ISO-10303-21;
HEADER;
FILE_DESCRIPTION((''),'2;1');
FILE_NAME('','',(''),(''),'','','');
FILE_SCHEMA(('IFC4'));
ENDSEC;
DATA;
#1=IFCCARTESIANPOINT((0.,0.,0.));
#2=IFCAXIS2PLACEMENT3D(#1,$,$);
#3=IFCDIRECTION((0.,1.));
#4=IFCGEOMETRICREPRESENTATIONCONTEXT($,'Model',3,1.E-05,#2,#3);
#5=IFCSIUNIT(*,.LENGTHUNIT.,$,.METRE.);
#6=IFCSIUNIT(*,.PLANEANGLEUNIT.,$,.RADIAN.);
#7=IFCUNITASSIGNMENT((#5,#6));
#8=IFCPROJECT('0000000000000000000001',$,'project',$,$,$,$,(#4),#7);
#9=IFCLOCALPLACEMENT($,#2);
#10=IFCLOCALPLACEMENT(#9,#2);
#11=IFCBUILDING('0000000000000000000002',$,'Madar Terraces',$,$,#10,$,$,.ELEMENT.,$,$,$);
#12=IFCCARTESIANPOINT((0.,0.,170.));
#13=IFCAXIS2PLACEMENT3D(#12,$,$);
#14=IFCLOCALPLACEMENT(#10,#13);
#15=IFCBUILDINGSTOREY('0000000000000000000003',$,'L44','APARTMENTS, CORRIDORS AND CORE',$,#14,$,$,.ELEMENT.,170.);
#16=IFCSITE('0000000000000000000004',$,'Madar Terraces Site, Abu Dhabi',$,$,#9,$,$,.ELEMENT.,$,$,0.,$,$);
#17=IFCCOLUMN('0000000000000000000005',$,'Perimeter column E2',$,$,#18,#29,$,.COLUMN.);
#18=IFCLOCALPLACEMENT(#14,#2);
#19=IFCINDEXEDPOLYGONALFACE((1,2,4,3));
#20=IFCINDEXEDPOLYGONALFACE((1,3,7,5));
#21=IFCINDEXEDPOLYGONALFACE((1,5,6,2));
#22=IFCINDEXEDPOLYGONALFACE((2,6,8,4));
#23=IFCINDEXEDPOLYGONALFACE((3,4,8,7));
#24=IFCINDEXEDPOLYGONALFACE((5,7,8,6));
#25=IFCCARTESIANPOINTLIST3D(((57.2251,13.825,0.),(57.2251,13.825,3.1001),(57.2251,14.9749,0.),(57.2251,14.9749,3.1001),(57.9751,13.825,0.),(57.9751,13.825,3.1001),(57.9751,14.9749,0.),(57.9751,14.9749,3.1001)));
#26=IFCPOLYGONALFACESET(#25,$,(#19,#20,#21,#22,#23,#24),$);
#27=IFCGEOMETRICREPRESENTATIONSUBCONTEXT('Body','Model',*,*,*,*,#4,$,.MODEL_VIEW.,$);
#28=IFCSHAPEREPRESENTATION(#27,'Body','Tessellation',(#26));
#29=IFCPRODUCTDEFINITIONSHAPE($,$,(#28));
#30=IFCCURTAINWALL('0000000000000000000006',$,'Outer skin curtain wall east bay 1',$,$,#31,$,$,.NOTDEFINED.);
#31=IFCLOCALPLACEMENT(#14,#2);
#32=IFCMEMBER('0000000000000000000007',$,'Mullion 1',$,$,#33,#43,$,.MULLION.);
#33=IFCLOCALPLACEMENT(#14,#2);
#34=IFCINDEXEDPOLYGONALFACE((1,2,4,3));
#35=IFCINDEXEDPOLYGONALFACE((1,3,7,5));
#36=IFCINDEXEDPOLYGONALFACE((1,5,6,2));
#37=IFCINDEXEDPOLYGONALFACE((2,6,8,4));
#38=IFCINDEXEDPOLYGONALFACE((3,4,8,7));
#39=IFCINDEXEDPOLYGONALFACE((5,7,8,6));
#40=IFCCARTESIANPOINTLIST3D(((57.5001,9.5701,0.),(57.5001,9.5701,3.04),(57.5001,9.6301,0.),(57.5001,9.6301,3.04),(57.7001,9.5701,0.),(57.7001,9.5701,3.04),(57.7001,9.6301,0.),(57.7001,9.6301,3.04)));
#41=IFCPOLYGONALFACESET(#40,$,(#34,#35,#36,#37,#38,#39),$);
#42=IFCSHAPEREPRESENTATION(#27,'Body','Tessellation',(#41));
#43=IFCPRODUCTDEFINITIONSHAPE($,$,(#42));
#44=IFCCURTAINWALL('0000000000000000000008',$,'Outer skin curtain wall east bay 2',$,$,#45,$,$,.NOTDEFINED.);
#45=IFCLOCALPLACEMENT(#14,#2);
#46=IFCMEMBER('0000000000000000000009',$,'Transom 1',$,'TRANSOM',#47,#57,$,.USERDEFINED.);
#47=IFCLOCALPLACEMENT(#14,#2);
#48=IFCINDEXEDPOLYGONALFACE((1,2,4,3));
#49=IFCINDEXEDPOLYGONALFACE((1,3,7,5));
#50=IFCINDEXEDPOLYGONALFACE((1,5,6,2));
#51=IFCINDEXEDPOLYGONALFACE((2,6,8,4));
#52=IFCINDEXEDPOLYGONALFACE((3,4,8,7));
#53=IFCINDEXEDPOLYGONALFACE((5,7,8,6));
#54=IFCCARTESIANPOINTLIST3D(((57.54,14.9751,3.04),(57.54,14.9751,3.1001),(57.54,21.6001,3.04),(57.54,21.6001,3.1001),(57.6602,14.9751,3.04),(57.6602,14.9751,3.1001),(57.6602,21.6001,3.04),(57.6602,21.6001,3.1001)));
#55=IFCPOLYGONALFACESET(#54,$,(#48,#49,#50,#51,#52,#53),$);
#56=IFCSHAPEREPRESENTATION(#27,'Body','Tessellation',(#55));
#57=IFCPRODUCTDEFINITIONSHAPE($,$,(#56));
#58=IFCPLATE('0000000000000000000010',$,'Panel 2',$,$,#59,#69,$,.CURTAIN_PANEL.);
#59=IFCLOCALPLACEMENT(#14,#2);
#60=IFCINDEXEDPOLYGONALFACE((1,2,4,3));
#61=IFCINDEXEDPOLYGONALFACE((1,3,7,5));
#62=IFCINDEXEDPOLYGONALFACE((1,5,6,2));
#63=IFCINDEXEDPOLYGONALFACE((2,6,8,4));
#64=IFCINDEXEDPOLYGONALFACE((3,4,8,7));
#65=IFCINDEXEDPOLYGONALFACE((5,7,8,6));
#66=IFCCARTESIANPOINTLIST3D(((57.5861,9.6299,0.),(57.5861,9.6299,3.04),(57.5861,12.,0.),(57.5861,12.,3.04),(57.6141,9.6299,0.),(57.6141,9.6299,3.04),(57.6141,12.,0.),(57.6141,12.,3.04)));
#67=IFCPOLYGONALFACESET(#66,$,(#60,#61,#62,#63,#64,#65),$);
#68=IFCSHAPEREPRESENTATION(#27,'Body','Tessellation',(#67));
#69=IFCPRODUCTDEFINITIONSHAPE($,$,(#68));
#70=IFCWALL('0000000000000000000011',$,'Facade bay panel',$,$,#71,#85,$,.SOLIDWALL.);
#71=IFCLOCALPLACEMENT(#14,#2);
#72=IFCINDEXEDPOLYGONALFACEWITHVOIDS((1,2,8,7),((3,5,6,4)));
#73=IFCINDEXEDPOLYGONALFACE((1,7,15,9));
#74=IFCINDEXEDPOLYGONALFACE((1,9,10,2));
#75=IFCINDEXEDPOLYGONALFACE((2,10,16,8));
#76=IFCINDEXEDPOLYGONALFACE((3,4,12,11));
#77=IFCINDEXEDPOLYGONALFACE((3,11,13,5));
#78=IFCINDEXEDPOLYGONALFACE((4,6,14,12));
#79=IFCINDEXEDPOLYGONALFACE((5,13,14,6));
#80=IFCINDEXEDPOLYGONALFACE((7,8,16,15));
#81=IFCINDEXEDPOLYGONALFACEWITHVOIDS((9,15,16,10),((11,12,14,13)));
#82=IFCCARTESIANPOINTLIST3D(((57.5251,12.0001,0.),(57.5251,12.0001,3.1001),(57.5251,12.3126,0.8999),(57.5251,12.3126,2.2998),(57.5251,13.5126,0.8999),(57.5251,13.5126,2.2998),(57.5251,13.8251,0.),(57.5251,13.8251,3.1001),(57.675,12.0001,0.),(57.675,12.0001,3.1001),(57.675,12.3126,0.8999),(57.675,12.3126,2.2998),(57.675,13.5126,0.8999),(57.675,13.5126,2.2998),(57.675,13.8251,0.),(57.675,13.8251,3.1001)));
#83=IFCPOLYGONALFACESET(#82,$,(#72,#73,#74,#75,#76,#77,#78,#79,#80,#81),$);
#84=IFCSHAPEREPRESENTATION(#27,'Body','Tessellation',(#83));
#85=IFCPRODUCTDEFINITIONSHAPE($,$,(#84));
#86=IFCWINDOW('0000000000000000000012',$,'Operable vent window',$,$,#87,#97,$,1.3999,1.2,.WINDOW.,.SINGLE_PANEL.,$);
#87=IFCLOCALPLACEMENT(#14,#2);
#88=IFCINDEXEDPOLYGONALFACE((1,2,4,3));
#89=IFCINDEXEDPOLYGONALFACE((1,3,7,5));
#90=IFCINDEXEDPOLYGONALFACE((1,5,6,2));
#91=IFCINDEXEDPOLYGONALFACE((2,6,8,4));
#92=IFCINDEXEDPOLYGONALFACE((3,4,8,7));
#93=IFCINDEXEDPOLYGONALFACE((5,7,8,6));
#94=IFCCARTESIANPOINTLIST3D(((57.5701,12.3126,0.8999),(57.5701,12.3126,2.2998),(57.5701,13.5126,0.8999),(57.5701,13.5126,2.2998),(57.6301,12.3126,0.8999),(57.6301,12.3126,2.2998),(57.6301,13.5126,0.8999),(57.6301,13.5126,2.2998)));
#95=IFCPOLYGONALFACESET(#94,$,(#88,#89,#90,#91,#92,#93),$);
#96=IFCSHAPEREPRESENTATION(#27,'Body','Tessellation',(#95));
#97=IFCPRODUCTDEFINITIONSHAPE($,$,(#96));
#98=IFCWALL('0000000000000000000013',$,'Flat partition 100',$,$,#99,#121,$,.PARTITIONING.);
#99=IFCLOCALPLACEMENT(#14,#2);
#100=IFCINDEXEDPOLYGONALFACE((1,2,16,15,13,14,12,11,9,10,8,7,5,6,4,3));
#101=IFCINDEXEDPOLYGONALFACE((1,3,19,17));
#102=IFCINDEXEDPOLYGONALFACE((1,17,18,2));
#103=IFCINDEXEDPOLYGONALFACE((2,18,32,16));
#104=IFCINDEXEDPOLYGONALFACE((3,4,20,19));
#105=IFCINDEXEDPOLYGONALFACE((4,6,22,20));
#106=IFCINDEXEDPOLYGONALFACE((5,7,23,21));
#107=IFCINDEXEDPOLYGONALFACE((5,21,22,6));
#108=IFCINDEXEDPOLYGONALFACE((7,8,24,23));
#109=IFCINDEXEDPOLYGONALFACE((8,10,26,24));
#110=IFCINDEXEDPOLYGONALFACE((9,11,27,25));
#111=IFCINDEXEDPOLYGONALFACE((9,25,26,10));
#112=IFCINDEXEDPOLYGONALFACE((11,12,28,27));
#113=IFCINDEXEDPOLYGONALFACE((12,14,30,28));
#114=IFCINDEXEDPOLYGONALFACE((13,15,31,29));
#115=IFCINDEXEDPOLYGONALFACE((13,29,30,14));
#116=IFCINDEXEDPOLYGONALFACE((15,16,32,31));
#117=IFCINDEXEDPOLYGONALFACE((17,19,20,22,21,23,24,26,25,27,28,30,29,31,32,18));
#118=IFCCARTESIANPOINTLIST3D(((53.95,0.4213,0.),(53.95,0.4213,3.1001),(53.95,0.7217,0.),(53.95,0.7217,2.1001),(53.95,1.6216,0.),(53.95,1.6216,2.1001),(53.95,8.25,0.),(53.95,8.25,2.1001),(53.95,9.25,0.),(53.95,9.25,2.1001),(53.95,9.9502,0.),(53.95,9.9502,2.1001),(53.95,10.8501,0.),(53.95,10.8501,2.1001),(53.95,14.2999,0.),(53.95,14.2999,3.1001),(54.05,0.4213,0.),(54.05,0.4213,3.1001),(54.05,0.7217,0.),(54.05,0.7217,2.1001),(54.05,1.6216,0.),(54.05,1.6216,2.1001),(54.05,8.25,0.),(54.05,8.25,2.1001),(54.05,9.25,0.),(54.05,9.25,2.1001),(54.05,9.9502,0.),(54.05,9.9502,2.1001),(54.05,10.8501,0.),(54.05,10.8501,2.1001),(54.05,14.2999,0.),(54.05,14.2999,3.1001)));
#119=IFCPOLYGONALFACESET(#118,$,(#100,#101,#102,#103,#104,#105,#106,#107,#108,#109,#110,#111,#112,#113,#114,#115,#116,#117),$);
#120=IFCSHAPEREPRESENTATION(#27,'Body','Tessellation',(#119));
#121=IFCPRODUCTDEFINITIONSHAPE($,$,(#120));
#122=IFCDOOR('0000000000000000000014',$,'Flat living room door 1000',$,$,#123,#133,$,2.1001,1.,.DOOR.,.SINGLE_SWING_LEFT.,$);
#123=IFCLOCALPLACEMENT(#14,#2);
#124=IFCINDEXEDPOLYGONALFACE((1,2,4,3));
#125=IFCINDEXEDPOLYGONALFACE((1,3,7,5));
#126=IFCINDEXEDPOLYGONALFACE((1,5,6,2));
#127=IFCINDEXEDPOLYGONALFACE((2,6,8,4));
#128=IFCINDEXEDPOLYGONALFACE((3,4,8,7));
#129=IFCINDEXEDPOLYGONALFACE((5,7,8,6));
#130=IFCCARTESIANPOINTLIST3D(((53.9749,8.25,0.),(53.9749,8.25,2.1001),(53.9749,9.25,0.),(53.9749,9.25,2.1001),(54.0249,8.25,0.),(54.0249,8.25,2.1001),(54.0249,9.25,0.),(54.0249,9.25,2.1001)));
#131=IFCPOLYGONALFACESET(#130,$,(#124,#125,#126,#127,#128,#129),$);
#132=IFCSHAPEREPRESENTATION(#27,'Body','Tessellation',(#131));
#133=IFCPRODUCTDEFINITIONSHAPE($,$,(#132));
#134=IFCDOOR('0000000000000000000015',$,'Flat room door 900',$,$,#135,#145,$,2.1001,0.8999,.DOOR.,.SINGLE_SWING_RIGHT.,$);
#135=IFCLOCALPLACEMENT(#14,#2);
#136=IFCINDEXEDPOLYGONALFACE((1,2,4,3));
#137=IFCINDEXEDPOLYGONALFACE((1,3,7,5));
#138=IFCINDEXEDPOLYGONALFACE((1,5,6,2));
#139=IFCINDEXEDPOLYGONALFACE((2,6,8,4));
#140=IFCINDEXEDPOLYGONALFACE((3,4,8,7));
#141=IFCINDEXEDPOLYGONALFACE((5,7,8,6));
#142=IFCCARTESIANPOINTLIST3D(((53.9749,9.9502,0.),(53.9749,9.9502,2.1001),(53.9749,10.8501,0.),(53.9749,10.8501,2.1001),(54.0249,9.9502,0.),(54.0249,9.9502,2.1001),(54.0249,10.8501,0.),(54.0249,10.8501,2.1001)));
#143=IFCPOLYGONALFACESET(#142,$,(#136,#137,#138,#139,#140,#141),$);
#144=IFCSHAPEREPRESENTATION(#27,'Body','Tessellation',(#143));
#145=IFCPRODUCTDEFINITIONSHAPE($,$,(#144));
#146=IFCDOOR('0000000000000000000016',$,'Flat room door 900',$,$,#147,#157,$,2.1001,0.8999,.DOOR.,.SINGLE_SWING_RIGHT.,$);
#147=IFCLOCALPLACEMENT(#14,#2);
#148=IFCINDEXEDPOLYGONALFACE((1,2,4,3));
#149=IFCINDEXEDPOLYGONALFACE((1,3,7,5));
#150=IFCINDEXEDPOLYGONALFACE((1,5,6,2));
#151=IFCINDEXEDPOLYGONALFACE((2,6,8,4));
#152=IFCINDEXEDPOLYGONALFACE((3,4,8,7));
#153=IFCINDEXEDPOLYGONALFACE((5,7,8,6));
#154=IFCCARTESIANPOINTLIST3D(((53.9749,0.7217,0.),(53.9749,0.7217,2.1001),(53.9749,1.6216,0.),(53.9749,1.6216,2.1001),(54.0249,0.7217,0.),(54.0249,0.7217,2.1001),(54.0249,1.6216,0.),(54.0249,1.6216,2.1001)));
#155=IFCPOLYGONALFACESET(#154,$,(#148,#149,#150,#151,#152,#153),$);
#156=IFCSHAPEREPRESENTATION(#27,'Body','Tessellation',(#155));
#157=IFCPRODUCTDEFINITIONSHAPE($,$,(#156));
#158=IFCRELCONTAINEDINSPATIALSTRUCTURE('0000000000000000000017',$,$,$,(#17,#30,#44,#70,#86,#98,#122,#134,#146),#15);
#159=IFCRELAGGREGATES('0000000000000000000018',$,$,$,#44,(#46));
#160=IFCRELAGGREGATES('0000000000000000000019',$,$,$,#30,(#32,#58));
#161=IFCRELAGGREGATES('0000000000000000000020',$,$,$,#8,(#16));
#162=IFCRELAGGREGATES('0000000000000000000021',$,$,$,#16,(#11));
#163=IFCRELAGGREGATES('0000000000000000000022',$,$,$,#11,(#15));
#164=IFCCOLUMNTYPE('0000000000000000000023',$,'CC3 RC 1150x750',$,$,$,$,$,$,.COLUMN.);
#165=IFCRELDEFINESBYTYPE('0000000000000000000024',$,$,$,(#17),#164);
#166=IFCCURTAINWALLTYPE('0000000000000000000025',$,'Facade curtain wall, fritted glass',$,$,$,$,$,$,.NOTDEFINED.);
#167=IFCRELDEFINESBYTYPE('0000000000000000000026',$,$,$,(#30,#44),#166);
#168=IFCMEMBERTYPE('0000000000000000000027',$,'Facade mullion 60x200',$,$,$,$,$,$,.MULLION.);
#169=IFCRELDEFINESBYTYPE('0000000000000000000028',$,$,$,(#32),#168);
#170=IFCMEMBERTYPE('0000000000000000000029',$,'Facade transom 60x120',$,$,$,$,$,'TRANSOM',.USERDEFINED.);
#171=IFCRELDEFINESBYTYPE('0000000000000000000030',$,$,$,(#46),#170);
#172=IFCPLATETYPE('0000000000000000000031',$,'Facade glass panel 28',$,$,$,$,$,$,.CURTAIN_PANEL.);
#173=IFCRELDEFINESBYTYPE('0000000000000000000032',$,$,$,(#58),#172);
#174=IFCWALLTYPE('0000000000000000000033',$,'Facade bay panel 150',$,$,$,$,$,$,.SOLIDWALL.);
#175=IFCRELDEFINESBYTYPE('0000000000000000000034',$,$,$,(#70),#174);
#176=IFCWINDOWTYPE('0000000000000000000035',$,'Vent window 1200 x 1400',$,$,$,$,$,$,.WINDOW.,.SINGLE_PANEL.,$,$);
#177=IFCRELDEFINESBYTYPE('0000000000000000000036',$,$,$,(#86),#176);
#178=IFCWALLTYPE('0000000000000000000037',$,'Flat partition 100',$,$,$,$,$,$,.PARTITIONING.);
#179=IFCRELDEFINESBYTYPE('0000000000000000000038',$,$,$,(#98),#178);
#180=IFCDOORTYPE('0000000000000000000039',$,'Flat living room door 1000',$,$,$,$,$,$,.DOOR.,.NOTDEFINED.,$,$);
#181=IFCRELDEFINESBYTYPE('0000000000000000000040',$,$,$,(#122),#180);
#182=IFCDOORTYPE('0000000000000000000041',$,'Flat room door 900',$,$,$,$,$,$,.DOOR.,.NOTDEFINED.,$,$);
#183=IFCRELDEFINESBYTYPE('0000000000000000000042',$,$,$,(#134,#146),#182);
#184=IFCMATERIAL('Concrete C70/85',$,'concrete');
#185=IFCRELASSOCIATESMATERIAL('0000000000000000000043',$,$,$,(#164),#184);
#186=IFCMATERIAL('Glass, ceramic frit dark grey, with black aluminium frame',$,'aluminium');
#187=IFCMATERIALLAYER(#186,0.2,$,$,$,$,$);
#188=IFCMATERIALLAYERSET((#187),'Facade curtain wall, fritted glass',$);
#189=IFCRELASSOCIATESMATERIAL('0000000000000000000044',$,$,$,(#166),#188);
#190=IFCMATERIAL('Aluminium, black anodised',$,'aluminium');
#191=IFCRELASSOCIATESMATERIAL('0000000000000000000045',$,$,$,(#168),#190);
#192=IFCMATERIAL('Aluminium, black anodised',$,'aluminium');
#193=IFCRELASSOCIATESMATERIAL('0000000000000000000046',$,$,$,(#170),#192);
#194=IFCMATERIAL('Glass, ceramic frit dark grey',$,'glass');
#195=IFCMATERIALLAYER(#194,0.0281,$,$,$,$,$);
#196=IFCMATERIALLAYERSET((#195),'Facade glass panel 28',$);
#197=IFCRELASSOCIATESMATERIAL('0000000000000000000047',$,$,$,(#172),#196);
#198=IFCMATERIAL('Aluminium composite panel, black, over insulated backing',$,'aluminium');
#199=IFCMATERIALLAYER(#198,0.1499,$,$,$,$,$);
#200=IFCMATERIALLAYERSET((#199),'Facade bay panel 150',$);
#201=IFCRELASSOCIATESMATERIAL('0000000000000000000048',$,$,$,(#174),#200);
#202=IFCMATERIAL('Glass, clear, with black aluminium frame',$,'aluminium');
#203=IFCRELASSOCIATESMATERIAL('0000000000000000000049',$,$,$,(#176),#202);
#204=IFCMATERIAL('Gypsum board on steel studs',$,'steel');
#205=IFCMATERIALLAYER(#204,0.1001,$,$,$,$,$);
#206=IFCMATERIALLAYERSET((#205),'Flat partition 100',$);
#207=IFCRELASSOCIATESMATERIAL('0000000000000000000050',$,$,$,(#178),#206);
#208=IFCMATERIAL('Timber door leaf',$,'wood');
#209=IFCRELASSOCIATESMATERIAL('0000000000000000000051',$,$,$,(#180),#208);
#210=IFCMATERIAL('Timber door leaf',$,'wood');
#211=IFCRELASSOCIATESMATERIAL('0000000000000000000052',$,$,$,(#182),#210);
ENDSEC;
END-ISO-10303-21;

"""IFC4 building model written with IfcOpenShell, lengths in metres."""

from ifc_helpers import new_model, si_unit, direction, frame, frame_2d, origin, origin_2d, place, context, subcontext, project, spatial, rectangle, extrude, material, layer, layer_set, material_profile, profile_set, type_object, element, fill, aggregate, save


model = new_model("IFC4")

# Units and contexts
model_context = context("Model", 3, precision=1e-05, world=origin(), true_north=direction((0.0, 1.0)))
body_context = subcontext(model_context, "Body", "Model", "MODEL_VIEW")
ifc_project = project(units=[si_unit("LENGTHUNIT", "METRE"), si_unit("PLANEANGLEUNIT", "RADIAN")], contexts=[model_context])

# Site, building, storey
site_placement = place(None, origin())
site = spatial("IfcSite", under=ifc_project, at=site_placement, Name="Madar Terraces Site, Abu Dhabi", CompositionType="ELEMENT", RefElevation=0.0)
building_placement = place(site_placement, origin())
building = spatial("IfcBuilding", under=site, at=building_placement, Name="Madar Terraces", CompositionType="ELEMENT")
storey_placement = place(building_placement, frame((0.0, 0.0, 170.0)))
storey = spatial("IfcBuildingStorey", under=building, at=storey_placement, Name="L44", Description="APARTMENTS, CORRIDORS AND CORE", CompositionType="ELEMENT", Elevation=170.0)

# Column
ifc_material_1 = material(Name="Concrete C70/85", Category="concrete")
ifc_material_profile_1 = material_profile(ifc_material_1, rectangle(XDim=1.1499, YDim=0.75, at=origin_2d()), Name="CC3 RC 1150x750")
ifc_profile_set_1 = profile_set([ifc_material_profile_1], Name="Concrete C70/85")
column_type = type_object("IfcColumnType", Name="CC3 RC 1150x750", PredefinedType="COLUMN", material=ifc_profile_set_1)
column_placement = place(storey_placement, frame((57.6001, 14.3999, 0.0), z_axis=(0.0, 0.0, 1.0), x_axis=(0.0, 1.0, 0.0)))
element("IfcColumn", 1, at=column_placement, inside=storey, type_object=column_type, Name="Perimeter column E2", PredefinedType="COLUMN", context=body_context, shape_type="SweptSolid", body=[
    extrude(rectangle(XDim=1.1499, YDim=0.75, at=origin_2d()), origin(), (0.0, 0.0, 1.0), 3.1001),
])

# Curtain walls, members
ifc_material_2 = material(Name="Glass, ceramic frit dark grey, with black aluminium frame", Category="aluminium")
ifc_layer_1 = layer(ifc_material_2, 0.2)
ifc_layer_set_1 = layer_set([ifc_layer_1], Name="Facade curtain wall, fritted glass")
curtain_wall_type = type_object("IfcCurtainWallType", Name="Facade curtain wall, fritted glass", PredefinedType="NOTDEFINED", material=ifc_layer_set_1)
curtain_wall_1_placement = place(storey_placement, origin())
curtain_wall_1 = element("IfcCurtainWall", 2, at=curtain_wall_1_placement, inside=storey, type_object=curtain_wall_type, Name="Outer skin curtain wall east bay 1", PredefinedType="NOTDEFINED")
ifc_material_3 = material(Name="Aluminium, black anodised", Category="aluminium")
ifc_material_profile_2 = material_profile(ifc_material_3, rectangle(XDim=0.2, YDim=0.0601, at=origin_2d()), Name="Facade mullion 60x200")
ifc_profile_set_2 = profile_set([ifc_material_profile_2], Name="Aluminium, black anodised")
member_type_1 = type_object("IfcMemberType", Name="Facade mullion 60x200", PredefinedType="MULLION", material=ifc_profile_set_2)
member_1_placement = place(storey_placement, frame((57.6001, 9.6001, 0.0), z_axis=(0.0, 0.0, 1.0), x_axis=(-1.0, 0.0, 0.0)))
member_1 = element("IfcMember", 3, at=member_1_placement, type_object=member_type_1, Name="Mullion 1", PredefinedType="MULLION", context=body_context, shape_type="SweptSolid", body=[
    extrude(rectangle(XDim=0.2, YDim=0.0601, at=origin_2d()), origin(), (0.0, 0.0, 1.0), 3.04),
])
curtain_wall_2_placement = place(storey_placement, origin())
curtain_wall_2 = element("IfcCurtainWall", 4, at=curtain_wall_2_placement, inside=storey, type_object=curtain_wall_type, Name="Outer skin curtain wall east bay 2", PredefinedType="NOTDEFINED")
ifc_material_4 = material(Name="Aluminium, black anodised", Category="aluminium")
ifc_material_profile_3 = material_profile(ifc_material_4, rectangle(XDim=0.1201, YDim=0.0601, at=origin_2d()), Name="Facade transom 60x120")
ifc_profile_set_3 = profile_set([ifc_material_profile_3], Name="Aluminium, black anodised")
member_type_2 = type_object("IfcMemberType", Name="Facade transom 60x120", ElementType="TRANSOM", PredefinedType="USERDEFINED", material=ifc_profile_set_3)
member_2_placement = place(storey_placement, frame((57.6001, 14.9751, 3.0701), z_axis=(0.0, 1.0, 0.0), x_axis=(-1.0, 0.0, 0.0)))
member_2 = element("IfcMember", 5, at=member_2_placement, type_object=member_type_2, Name="Transom 1", ObjectType="TRANSOM", PredefinedType="USERDEFINED", context=body_context, shape_type="SweptSolid", body=[
    extrude(rectangle(XDim=0.1201, YDim=0.0601, at=origin_2d()), origin(), (0.0, 0.0, 1.0), 6.625),
])
aggregate(curtain_wall_2, [member_2])

# Plate
ifc_material_5 = material(Name="Glass, ceramic frit dark grey", Category="glass")
ifc_layer_2 = layer(ifc_material_5, 0.0281)
ifc_layer_set_2 = layer_set([ifc_layer_2], Name="Facade glass panel 28")
plate_type = type_object("IfcPlateType", Name="Facade glass panel 28", PredefinedType="CURTAIN_PANEL", material=ifc_layer_set_2)
plate_placement = place(storey_placement, frame((57.6001, 10.8149, 0.0), z_axis=(0.0, 0.0, 1.0), x_axis=(0.0, 1.0, 0.0)))
plate = element("IfcPlate", 6, at=plate_placement, type_object=plate_type, Name="Panel 2", PredefinedType="CURTAIN_PANEL", context=body_context, shape_type="SweptSolid", body=[
    extrude(rectangle(XDim=2.3701, YDim=0.0281, at=origin_2d()), origin(), (0.0, 0.0, 1.0), 3.04),
])
aggregate(curtain_wall_1, [member_1, plate])

# Wall, opening, window
ifc_material_6 = material(Name="Aluminium composite panel, black, over insulated backing", Category="aluminium")
ifc_layer_3 = layer(ifc_material_6, 0.1499)
ifc_layer_set_3 = layer_set([ifc_layer_3], Name="Facade bay panel 150")
wall_type_1 = type_object("IfcWallType", Name="Facade bay panel 150", PredefinedType="SOLIDWALL", material=ifc_layer_set_3)
wall_1_placement = place(storey_placement, frame((57.6001, 12.0, 0.0), z_axis=(0.0, 0.0, 1.0), x_axis=(0.0, 1.0, 0.0)))
wall_1 = element("IfcWall", 7, at=wall_1_placement, inside=storey, type_object=wall_type_1, Name="Facade bay panel", PredefinedType="SOLIDWALL", context=body_context, shape_type="SweptSolid", body=[
    extrude(rectangle(XDim=1.825, YDim=0.1499, at=frame_2d((0.9126, 0.0))), origin(), (0.0, 0.0, 1.0), 3.1001),
])
opening_1_placement = place(wall_1_placement, frame((0.3125, 0.0, 0.8999)))
opening_1 = element("IfcOpeningElement", 8, at=opening_1_placement, cuts=wall_1, PredefinedType="OPENING", context=body_context, shape_type="SweptSolid", body=[
    extrude(rectangle(XDim=1.2, YDim=1.3999, at=frame_2d((0.6001, 0.7))), frame((0.0, 0.085, 0.0), z_axis=(0.0, -1.0, 0.0), x_axis=(1.0, 0.0, 0.0)), (0.0, 0.0, 1.0), 0.1699),
])
ifc_material_7 = material(Name="Glass, clear, with black aluminium frame", Category="aluminium")
window_type = type_object("IfcWindowType", Name="Vent window 1200 x 1400", PartitioningType="SINGLE_PANEL", PredefinedType="WINDOW", material=ifc_material_7)
window_placement = place(opening_1_placement, origin())
window = element("IfcWindow", 9, at=window_placement, inside=storey, type_object=window_type, Name="Operable vent window", OverallHeight=1.3999, OverallWidth=1.2, PartitioningType="SINGLE_PANEL", PredefinedType="WINDOW", context=body_context, shape_type="SweptSolid", body=[
    extrude(rectangle(XDim=1.2, YDim=1.3999, at=frame_2d((0.6001, 0.7))), frame((0.0, 0.03, 0.0), z_axis=(0.0, -1.0, 0.0), x_axis=(1.0, 0.0, 0.0)), (0.0, 0.0, 1.0), 0.0601),
])
fill(opening_1, window)

# Wall, openings, doors
ifc_material_8 = material(Name="Gypsum board on steel studs", Category="steel")
ifc_layer_4 = layer(ifc_material_8, 0.1001)
ifc_layer_set_4 = layer_set([ifc_layer_4], Name="Flat partition 100")
wall_type_2 = type_object("IfcWallType", Name="Flat partition 100", PredefinedType="PARTITIONING", material=ifc_layer_set_4)
wall_2_placement = place(storey_placement, frame((54.0, 14.3, 0.0), z_axis=(0.0, 0.0, 1.0), x_axis=(0.0, -1.0, 0.0)))
wall_2 = element("IfcWall", 10, at=wall_2_placement, inside=storey, type_object=wall_type_2, Name="Flat partition 100", PredefinedType="PARTITIONING", context=body_context, shape_type="SweptSolid", body=[
    extrude(rectangle(XDim=13.8787, YDim=0.1001, at=frame_2d((6.9395, 0.0))), origin(), (0.0, 0.0, 1.0), 3.1001),
])
opening_2_placement = place(wall_2_placement, frame((3.45, 0.0, 0.0)))
opening_2 = element("IfcOpeningElement", 11, at=opening_2_placement, cuts=wall_2, PredefinedType="OPENING", context=body_context, shape_type="SweptSolid", body=[
    extrude(rectangle(XDim=0.8999, YDim=2.1001, at=frame_2d((0.45, 1.05))), frame((0.0, 0.0601, 0.0), z_axis=(0.0, -1.0, 0.0), x_axis=(1.0, 0.0, 0.0)), (0.0, 0.0, 1.0), 0.1201),
])
opening_3_placement = place(wall_2_placement, frame((5.05, 0.0, 0.0)))
opening_3 = element("IfcOpeningElement", 12, at=opening_3_placement, cuts=wall_2, PredefinedType="OPENING", context=body_context, shape_type="SweptSolid", body=[
    extrude(rectangle(XDim=1.0, YDim=2.1001, at=frame_2d((0.5, 1.05))), frame((0.0, 0.0601, 0.0), z_axis=(0.0, -1.0, 0.0), x_axis=(1.0, 0.0, 0.0)), (0.0, 0.0, 1.0), 0.1201),
])
opening_4_placement = place(wall_2_placement, frame((12.6785, 0.0, 0.0)))
opening_4 = element("IfcOpeningElement", 13, at=opening_4_placement, cuts=wall_2, PredefinedType="OPENING", context=body_context, shape_type="SweptSolid", body=[
    extrude(rectangle(XDim=0.8999, YDim=2.1001, at=frame_2d((0.45, 1.05))), frame((0.0, 0.0601, 0.0), z_axis=(0.0, -1.0, 0.0), x_axis=(1.0, 0.0, 0.0)), (0.0, 0.0, 1.0), 0.1201),
])
ifc_material_9 = material(Name="Timber door leaf", Category="wood")
door_type_1 = type_object("IfcDoorType", Name="Flat living room door 1000", OperationType="NOTDEFINED", PredefinedType="DOOR", material=ifc_material_9)
door_1_placement = place(opening_3_placement, origin())
door_1 = element("IfcDoor", 14, at=door_1_placement, inside=storey, type_object=door_type_1, Name="Flat living room door 1000", OperationType="SINGLE_SWING_LEFT", OverallHeight=2.1001, OverallWidth=1.0, PredefinedType="DOOR", context=body_context, shape_type="SweptSolid", body=[
    extrude(rectangle(XDim=1.0, YDim=2.1001, at=frame_2d((0.5, 1.05))), frame((0.0, 0.0249, 0.0), z_axis=(0.0, -1.0, 0.0), x_axis=(1.0, 0.0, 0.0)), (0.0, 0.0, 1.0), 0.05),
])
fill(opening_3, door_1)
ifc_material_10 = material(Name="Timber door leaf", Category="wood")
door_type_2 = type_object("IfcDoorType", Name="Flat room door 900", OperationType="NOTDEFINED", PredefinedType="DOOR", material=ifc_material_10)
door_2_placement = place(opening_2_placement, origin())
door_2 = element("IfcDoor", 15, at=door_2_placement, inside=storey, type_object=door_type_2, Name="Flat room door 900", OperationType="SINGLE_SWING_RIGHT", OverallHeight=2.1001, OverallWidth=0.8999, PredefinedType="DOOR", context=body_context, shape_type="SweptSolid", body=[
    extrude(rectangle(XDim=0.8999, YDim=2.1001, at=frame_2d((0.45, 1.05))), frame((0.0, 0.0249, 0.0), z_axis=(0.0, -1.0, 0.0), x_axis=(1.0, 0.0, 0.0)), (0.0, 0.0, 1.0), 0.05),
])
fill(opening_2, door_2)
door_3_placement = place(opening_4_placement, origin())
door_3 = element("IfcDoor", 16, at=door_3_placement, inside=storey, type_object=door_type_2, Name="Flat room door 900", OperationType="SINGLE_SWING_RIGHT", OverallHeight=2.1001, OverallWidth=0.8999, PredefinedType="DOOR", context=body_context, shape_type="SweptSolid", body=[
    extrude(rectangle(XDim=0.8999, YDim=2.1001, at=frame_2d((0.45, 1.05))), frame((0.0, 0.0249, 0.0), z_axis=(0.0, -1.0, 0.0), x_axis=(1.0, 0.0, 0.0)), (0.0, 0.0, 1.0), 0.05),
])
fill(opening_4, door_3)

save(model, "model.ifc")
